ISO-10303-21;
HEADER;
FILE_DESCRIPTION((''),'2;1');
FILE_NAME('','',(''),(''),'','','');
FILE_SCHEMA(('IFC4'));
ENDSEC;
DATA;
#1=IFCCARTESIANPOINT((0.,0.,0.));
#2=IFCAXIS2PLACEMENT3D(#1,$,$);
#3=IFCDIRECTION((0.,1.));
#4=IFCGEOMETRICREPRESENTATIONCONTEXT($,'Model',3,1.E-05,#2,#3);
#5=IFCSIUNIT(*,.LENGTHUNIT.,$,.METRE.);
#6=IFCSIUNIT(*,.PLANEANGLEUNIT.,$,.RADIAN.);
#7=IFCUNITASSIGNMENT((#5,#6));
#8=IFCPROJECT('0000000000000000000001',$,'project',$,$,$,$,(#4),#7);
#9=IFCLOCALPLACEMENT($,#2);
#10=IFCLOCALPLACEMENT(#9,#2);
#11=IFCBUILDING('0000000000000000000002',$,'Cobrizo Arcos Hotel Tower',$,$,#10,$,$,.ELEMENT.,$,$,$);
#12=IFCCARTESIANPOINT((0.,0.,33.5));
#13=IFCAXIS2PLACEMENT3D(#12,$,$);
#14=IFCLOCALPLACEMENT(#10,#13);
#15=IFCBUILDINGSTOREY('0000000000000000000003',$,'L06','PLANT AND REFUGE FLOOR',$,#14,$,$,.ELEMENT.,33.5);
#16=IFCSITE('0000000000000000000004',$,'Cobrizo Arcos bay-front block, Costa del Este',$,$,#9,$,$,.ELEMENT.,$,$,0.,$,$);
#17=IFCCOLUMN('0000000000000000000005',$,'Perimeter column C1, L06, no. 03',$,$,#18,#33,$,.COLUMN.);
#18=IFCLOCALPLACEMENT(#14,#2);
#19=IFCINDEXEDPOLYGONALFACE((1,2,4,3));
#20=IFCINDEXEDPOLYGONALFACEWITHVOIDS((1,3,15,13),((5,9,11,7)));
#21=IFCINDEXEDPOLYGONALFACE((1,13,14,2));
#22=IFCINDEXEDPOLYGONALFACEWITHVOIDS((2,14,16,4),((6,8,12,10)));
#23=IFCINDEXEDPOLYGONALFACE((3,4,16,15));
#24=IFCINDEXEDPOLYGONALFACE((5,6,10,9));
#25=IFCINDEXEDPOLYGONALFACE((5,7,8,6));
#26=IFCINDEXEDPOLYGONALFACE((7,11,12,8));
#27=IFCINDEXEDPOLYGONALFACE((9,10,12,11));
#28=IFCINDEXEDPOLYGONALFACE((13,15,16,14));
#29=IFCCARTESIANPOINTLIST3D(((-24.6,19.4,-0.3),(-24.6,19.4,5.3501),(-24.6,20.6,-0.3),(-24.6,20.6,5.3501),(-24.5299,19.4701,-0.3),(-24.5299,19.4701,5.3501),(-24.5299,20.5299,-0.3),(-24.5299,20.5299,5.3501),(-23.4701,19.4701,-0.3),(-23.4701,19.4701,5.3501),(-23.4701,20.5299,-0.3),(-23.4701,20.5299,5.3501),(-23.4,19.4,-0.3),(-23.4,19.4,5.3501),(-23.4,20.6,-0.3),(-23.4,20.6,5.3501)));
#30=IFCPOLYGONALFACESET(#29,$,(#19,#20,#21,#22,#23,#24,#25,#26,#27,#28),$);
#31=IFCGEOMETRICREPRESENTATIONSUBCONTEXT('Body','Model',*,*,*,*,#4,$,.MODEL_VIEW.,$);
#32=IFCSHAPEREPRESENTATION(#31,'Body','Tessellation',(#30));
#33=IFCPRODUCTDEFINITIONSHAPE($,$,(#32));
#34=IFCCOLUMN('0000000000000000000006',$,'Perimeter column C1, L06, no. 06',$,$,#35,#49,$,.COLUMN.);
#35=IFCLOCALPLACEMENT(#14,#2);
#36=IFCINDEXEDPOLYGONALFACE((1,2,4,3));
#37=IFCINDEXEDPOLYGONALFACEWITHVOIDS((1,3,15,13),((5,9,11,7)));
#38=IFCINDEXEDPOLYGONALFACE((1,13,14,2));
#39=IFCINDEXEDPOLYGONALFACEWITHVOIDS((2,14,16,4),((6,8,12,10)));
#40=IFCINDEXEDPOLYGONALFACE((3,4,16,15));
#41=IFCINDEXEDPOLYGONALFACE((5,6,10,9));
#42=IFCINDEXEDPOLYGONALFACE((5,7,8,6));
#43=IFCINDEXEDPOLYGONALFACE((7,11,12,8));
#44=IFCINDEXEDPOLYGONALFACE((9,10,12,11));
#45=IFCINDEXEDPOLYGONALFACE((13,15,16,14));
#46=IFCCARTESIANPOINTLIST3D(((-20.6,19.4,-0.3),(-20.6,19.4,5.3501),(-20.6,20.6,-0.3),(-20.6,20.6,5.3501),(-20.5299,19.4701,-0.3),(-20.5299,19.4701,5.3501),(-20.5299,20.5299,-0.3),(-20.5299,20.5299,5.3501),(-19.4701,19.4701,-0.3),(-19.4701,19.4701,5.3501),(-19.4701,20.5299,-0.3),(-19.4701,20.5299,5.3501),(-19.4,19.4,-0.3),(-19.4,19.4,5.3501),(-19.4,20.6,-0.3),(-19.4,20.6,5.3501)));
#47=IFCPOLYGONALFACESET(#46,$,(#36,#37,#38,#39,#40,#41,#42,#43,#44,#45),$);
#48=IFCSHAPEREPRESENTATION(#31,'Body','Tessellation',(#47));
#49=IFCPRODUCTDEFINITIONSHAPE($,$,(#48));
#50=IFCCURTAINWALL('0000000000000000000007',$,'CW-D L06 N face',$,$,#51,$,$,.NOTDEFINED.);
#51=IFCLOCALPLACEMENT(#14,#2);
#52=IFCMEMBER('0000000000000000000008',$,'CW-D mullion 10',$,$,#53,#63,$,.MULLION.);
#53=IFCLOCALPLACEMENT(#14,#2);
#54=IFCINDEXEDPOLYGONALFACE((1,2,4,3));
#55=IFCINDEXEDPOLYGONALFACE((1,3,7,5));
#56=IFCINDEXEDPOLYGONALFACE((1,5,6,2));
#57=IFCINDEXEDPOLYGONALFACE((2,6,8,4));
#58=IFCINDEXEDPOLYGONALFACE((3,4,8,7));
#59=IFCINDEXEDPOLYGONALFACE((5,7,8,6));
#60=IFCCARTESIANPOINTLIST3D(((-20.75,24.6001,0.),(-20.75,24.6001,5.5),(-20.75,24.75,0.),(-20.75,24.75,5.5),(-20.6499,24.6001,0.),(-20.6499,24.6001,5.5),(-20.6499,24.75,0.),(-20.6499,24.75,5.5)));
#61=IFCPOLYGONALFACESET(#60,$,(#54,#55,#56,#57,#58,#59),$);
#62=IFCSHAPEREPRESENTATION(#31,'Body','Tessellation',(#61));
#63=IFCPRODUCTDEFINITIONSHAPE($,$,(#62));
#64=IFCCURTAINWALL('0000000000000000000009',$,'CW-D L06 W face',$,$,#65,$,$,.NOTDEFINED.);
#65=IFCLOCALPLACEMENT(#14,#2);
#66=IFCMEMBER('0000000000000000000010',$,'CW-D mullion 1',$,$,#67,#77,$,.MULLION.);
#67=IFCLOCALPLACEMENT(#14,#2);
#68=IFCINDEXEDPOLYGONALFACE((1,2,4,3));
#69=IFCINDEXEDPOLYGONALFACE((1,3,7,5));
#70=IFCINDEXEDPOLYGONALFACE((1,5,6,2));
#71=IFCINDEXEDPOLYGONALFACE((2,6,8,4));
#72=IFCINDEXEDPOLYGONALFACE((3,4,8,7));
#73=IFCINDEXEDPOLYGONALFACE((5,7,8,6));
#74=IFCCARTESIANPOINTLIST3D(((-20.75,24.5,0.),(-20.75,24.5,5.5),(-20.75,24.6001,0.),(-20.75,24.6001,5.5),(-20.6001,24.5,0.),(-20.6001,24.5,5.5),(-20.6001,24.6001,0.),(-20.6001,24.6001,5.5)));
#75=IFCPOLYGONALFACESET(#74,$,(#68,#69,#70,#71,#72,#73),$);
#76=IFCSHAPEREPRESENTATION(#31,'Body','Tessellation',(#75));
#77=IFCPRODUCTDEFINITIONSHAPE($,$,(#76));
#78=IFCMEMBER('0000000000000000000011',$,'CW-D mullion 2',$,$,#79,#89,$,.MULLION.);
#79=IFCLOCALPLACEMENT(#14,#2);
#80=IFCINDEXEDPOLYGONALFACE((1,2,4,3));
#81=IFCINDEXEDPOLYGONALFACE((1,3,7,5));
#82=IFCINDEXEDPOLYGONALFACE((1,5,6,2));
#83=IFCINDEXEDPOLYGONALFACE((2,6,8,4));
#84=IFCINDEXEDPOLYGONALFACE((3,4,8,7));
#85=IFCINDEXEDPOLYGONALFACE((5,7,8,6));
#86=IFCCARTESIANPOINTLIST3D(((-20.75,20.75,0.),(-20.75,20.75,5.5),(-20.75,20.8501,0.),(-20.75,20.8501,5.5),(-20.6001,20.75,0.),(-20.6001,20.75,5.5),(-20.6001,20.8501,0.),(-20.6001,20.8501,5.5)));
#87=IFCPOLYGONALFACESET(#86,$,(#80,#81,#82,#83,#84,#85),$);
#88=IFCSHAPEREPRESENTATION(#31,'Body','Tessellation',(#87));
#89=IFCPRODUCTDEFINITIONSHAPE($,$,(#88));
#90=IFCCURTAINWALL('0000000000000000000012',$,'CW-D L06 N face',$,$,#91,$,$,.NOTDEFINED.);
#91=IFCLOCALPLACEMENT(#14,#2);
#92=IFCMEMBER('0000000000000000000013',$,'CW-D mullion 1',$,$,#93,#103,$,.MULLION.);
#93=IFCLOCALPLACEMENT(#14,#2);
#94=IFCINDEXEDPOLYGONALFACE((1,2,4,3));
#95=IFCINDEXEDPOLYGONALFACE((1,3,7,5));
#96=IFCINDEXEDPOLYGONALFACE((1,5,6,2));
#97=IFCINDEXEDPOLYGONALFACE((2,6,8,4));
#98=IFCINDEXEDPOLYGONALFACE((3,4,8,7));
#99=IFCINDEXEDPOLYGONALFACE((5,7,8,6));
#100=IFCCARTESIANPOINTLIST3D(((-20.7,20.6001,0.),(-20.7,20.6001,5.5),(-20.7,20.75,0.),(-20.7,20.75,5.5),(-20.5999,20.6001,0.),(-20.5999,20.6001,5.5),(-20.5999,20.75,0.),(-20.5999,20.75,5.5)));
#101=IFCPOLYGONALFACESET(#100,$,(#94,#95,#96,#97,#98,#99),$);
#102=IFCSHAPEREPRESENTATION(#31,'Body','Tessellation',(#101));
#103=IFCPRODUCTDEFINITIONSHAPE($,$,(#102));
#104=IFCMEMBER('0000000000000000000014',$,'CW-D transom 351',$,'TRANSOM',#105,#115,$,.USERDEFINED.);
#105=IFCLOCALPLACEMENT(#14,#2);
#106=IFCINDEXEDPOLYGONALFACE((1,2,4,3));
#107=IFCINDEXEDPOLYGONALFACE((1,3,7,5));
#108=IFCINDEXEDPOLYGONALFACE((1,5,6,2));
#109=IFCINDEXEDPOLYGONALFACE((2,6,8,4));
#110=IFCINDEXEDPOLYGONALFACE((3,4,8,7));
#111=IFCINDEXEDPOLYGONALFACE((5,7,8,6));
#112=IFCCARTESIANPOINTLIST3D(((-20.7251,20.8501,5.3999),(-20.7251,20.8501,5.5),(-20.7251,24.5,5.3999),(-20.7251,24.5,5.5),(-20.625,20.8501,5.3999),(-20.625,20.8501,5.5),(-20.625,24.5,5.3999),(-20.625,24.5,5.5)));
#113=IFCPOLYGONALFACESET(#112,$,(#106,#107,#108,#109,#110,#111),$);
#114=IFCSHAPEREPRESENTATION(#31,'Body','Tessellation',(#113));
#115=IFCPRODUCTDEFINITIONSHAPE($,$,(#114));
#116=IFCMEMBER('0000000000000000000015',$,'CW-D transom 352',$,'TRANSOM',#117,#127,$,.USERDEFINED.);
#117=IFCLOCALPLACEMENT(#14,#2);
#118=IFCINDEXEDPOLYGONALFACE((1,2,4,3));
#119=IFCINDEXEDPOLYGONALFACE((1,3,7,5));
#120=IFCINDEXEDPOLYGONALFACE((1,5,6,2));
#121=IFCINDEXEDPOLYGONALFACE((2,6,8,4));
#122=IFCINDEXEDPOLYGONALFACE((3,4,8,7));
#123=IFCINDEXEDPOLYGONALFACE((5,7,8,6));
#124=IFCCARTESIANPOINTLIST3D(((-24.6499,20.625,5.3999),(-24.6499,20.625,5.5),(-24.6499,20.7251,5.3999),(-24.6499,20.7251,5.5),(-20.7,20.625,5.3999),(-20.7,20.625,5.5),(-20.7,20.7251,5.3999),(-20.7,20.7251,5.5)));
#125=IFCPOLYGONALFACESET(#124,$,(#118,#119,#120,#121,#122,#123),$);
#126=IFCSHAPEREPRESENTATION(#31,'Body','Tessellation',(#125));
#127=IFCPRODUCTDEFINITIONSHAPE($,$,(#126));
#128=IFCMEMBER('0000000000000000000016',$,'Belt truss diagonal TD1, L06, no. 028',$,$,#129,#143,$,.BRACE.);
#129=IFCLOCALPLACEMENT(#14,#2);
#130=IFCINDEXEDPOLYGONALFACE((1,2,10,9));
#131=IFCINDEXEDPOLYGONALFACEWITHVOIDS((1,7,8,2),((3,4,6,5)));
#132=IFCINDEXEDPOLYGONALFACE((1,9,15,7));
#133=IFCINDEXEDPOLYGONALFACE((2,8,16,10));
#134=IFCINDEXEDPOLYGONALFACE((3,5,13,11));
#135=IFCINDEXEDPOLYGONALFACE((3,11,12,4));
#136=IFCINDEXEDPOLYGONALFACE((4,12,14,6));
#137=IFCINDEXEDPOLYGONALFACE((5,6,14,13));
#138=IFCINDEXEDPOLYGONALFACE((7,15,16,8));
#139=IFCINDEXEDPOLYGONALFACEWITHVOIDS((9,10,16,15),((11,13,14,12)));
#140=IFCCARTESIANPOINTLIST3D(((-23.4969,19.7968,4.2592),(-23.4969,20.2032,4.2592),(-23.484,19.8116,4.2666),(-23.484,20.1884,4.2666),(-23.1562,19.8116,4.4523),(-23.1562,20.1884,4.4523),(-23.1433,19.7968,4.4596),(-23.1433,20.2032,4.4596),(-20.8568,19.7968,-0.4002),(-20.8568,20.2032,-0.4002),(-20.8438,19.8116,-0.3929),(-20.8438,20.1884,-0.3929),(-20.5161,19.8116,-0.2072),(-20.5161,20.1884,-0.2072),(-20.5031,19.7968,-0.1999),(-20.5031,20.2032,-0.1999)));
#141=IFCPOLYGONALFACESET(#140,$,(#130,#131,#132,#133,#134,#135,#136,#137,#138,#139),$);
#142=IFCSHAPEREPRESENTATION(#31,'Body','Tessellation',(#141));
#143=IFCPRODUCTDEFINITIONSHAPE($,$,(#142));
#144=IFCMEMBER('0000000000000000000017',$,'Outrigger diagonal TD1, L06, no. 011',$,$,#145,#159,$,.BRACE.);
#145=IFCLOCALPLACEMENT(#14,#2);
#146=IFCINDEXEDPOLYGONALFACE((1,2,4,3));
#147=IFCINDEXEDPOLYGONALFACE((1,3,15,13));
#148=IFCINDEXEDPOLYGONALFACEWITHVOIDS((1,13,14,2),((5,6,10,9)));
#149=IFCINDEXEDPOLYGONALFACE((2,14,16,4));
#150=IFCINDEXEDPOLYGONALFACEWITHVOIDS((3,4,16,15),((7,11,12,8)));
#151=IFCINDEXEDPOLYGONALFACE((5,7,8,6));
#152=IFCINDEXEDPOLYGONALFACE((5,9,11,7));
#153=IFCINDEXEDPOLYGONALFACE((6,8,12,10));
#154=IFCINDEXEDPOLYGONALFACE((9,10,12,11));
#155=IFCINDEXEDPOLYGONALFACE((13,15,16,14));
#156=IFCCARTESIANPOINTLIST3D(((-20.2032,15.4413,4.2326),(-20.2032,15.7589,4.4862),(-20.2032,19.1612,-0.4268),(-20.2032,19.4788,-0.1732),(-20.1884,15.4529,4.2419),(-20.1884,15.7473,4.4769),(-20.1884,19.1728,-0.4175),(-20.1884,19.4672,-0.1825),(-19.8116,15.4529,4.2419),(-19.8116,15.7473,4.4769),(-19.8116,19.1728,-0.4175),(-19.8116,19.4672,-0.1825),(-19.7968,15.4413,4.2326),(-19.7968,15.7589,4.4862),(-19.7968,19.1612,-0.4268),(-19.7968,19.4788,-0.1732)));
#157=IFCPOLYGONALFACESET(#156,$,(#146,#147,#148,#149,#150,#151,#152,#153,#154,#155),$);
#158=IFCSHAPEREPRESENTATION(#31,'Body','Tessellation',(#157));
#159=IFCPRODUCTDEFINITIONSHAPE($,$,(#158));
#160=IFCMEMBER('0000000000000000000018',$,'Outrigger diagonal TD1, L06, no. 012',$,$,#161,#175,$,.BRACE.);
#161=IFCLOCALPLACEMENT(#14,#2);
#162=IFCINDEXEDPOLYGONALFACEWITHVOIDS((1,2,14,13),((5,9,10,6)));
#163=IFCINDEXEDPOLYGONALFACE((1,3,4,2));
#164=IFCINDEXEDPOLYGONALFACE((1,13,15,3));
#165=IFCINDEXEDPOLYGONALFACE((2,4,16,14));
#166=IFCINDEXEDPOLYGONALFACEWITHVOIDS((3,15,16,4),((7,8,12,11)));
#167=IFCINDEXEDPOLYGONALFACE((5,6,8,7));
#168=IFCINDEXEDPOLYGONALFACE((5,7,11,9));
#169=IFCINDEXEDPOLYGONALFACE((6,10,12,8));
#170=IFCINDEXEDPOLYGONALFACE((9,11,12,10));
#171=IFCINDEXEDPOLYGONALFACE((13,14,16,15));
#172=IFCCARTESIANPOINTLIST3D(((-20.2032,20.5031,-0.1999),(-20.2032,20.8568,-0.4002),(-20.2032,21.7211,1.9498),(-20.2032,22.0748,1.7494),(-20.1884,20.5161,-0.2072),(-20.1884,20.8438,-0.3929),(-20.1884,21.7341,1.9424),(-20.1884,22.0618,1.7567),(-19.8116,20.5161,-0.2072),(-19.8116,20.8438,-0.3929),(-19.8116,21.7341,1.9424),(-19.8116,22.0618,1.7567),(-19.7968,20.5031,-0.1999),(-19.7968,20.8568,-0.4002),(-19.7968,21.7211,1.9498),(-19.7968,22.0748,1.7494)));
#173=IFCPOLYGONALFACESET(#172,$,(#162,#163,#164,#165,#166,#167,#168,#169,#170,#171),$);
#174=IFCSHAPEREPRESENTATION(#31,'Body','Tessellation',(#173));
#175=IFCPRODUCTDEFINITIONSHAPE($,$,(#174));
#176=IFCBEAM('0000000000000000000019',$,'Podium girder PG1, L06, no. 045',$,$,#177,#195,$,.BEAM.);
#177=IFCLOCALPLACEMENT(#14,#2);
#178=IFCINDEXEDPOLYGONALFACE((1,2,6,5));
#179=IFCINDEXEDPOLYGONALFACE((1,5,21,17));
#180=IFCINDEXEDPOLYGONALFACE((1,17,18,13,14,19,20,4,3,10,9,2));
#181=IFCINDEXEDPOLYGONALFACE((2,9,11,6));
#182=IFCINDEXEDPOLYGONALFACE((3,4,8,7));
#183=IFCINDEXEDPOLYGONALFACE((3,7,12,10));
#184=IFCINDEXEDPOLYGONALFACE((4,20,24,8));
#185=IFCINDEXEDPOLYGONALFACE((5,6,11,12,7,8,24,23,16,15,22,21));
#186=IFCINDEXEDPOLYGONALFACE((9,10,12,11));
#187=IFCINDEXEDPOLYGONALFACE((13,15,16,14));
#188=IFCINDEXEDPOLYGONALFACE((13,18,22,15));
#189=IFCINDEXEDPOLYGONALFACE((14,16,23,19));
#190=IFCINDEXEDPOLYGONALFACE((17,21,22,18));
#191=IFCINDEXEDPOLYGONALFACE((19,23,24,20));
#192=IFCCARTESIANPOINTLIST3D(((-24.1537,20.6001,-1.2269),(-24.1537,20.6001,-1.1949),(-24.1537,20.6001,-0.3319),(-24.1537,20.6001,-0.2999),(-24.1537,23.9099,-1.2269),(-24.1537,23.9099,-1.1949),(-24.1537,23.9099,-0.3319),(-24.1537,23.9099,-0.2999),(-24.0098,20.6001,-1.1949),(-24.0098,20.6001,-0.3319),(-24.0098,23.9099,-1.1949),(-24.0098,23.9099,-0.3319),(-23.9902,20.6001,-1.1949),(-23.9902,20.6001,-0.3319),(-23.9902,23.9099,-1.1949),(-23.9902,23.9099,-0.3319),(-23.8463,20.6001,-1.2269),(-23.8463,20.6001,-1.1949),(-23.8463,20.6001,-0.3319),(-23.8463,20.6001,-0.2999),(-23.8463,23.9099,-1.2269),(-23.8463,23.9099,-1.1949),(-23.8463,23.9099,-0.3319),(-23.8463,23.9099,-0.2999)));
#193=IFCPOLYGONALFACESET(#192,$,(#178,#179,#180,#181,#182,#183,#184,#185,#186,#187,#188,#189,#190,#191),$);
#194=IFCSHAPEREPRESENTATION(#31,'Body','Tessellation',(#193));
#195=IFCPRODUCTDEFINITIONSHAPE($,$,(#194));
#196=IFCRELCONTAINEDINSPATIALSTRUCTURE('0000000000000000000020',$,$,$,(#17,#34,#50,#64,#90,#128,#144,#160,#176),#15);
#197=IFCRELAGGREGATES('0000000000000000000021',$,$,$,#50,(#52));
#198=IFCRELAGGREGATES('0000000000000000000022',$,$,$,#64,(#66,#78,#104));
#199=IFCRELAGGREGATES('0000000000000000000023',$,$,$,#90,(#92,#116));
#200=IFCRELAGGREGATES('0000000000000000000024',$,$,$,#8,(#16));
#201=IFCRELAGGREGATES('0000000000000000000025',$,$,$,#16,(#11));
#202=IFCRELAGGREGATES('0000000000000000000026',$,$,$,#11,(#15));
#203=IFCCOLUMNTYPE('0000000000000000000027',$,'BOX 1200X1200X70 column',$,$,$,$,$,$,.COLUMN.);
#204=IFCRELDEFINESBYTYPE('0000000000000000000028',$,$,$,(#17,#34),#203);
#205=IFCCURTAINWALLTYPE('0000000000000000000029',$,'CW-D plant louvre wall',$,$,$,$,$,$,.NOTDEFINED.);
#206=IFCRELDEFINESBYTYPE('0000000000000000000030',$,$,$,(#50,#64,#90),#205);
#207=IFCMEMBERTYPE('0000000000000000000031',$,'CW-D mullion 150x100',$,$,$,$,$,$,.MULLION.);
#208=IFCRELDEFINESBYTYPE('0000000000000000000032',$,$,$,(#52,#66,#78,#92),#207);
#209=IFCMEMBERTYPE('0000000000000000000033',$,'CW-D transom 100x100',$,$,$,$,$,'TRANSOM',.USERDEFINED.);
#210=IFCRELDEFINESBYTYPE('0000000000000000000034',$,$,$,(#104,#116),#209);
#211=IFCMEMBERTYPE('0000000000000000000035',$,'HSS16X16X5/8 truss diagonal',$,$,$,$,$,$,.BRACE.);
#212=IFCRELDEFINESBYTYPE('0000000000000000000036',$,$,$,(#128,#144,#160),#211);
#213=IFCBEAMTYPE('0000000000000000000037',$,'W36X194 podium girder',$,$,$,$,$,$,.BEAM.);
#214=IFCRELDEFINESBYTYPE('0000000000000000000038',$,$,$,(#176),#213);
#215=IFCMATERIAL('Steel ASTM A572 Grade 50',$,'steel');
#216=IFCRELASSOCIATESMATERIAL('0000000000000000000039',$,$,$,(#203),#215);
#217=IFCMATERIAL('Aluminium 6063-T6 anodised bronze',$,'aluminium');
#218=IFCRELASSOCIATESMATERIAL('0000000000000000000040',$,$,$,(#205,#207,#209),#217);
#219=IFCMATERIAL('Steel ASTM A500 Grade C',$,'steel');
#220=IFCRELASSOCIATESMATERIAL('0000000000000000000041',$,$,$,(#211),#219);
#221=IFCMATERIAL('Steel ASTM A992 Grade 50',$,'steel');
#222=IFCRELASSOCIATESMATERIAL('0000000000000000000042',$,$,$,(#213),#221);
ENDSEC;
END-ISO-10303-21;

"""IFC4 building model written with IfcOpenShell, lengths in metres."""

from ifc_helpers import new_model, si_unit, direction, frame, origin, origin_2d, place, context, subcontext, project, spatial, rectangle, hollow_rectangle, i_section, extrude, material, material_profile, profile_set, type_object, element, aggregate, save


model = new_model("IFC4")

# Units and contexts
model_context = context("Model", 3, precision=1e-05, world=origin(), true_north=direction((0.0, 1.0)))
body_context = subcontext(model_context, "Body", "Model", "MODEL_VIEW")
ifc_project = project(units=[si_unit("LENGTHUNIT", "METRE"), si_unit("PLANEANGLEUNIT", "RADIAN")], contexts=[model_context])

# Site, building, storey
site_placement = place(None, origin())
site = spatial("IfcSite", under=ifc_project, at=site_placement, Name="Cobrizo Arcos bay-front block, Costa del Este", CompositionType="ELEMENT", RefElevation=0.0)
building_placement = place(site_placement, origin())
building = spatial("IfcBuilding", under=site, at=building_placement, Name="Cobrizo Arcos Hotel Tower", CompositionType="ELEMENT")
storey_placement = place(building_placement, frame((0.0, 0.0, 33.5)))
storey = spatial("IfcBuildingStorey", under=building, at=storey_placement, Name="L06", Description="PLANT AND REFUGE FLOOR", CompositionType="ELEMENT", Elevation=33.5)

# Columns
ifc_material_1 = material(Name="Steel ASTM A572 Grade 50", Category="steel")
ifc_material_profile_1 = material_profile(ifc_material_1, hollow_rectangle(XDim=1.2, YDim=1.2, WallThickness=0.0701, at=origin_2d()), Name="BOX 1200X1200X70")
ifc_profile_set_1 = profile_set([ifc_material_profile_1], Name="Steel ASTM A572 Grade 50")
column_type = type_object("IfcColumnType", Name="BOX 1200X1200X70 column", PredefinedType="COLUMN", material=ifc_profile_set_1)
for number, where, z_axis, x_axis, name in (
    (1, (-24.0, 20.0, -0.3), (0.0, 0.0, 1.0), (1.0, 0.0, 0.0), "Perimeter column C1, L06, no. 03"),
    (2, (-20.0, 20.0, -0.3), (0.0, 0.0, 1.0), (1.0, 0.0, 0.0), "Perimeter column C1, L06, no. 06"),
):
    element("IfcColumn", number, at=place(storey_placement, frame(where, z_axis=z_axis, x_axis=x_axis)), inside=storey, type_object=column_type, Name=name, PredefinedType="COLUMN", context=body_context, shape_type="SweptSolid", body=[
        extrude(hollow_rectangle(XDim=1.2, YDim=1.2, WallThickness=0.0701, at=origin_2d()), origin(), (0.0, 0.0, 1.0), 5.6501),
    ])

# Curtain wall, member
ifc_material_2 = material(Name="Aluminium 6063-T6 anodised bronze", Category="aluminium")
curtain_wall_type = type_object("IfcCurtainWallType", Name="CW-D plant louvre wall", PredefinedType="NOTDEFINED", material=ifc_material_2)
curtain_wall_1_placement = place(storey_placement, origin())
curtain_wall_1 = element("IfcCurtainWall", 3, at=curtain_wall_1_placement, inside=storey, type_object=curtain_wall_type, Name="CW-D L06 N face", PredefinedType="NOTDEFINED")
ifc_material_profile_2 = material_profile(ifc_material_2, rectangle(XDim=0.1499, YDim=0.1001, at=origin_2d()), Name="CW-D mullion 150x100")
ifc_profile_set_2 = profile_set([ifc_material_profile_2], Name="Aluminium 6063-T6 anodised bronze")
member_type_1 = type_object("IfcMemberType", Name="CW-D mullion 150x100", PredefinedType="MULLION", material=ifc_profile_set_2)
member_1_placement = place(storey_placement, frame((-20.7, 24.675, 0.0), z_axis=(0.0, 0.0, 1.0), x_axis=(0.0, 1.0, 0.0)))
member_1 = element("IfcMember", 4, at=member_1_placement, type_object=member_type_1, Name="CW-D mullion 10", PredefinedType="MULLION", context=body_context, shape_type="SweptSolid", body=[
    extrude(rectangle(XDim=0.1499, YDim=0.1001, at=origin_2d()), origin(), (0.0, 0.0, 1.0), 5.5),
])
aggregate(curtain_wall_1, [member_1])

# Curtain wall, members
curtain_wall_2_placement = place(storey_placement, origin())
curtain_wall_2 = element("IfcCurtainWall", 5, at=curtain_wall_2_placement, inside=storey, type_object=curtain_wall_type, Name="CW-D L06 W face", PredefinedType="NOTDEFINED")
member_2_placement = place(storey_placement, frame((-20.675, 24.55, 0.0), z_axis=(0.0, 0.0, 1.0), x_axis=(-1.0, 0.0, 0.0)))
member_2 = element("IfcMember", 6, at=member_2_placement, type_object=member_type_1, Name="CW-D mullion 1", PredefinedType="MULLION", context=body_context, shape_type="SweptSolid", body=[
    extrude(rectangle(XDim=0.1499, YDim=0.1001, at=origin_2d()), origin(), (0.0, 0.0, 1.0), 5.5),
])
member_3_placement = place(storey_placement, frame((-20.675, 20.8, 0.0), z_axis=(0.0, 0.0, 1.0), x_axis=(-1.0, 0.0, 0.0)))
member_3 = element("IfcMember", 7, at=member_3_placement, type_object=member_type_1, Name="CW-D mullion 2", PredefinedType="MULLION", context=body_context, shape_type="SweptSolid", body=[
    extrude(rectangle(XDim=0.1499, YDim=0.1001, at=origin_2d()), origin(), (0.0, 0.0, 1.0), 5.5),
])

# Curtain wall, member
curtain_wall_3_placement = place(storey_placement, origin())
curtain_wall_3 = element("IfcCurtainWall", 8, at=curtain_wall_3_placement, inside=storey, type_object=curtain_wall_type, Name="CW-D L06 N face", PredefinedType="NOTDEFINED")
member_4_placement = place(storey_placement, frame((-20.6499, 20.675, 0.0), z_axis=(0.0, 0.0, 1.0), x_axis=(0.0, 1.0, 0.0)))
member_4 = element("IfcMember", 9, at=member_4_placement, type_object=member_type_1, Name="CW-D mullion 1", PredefinedType="MULLION", context=body_context, shape_type="SweptSolid", body=[
    extrude(rectangle(XDim=0.1499, YDim=0.1001, at=origin_2d()), origin(), (0.0, 0.0, 1.0), 5.5),
])

# Members
ifc_material_profile_3 = material_profile(ifc_material_2, rectangle(XDim=0.1001, YDim=0.1001, at=origin_2d()), Name="CW-D transom 100x100")
ifc_profile_set_3 = profile_set([ifc_material_profile_3], Name="Aluminium 6063-T6 anodised bronze")
member_type_2 = type_object("IfcMemberType", Name="CW-D transom 100x100", ElementType="TRANSOM", PredefinedType="USERDEFINED", material=ifc_profile_set_3)
member_5_placement = place(storey_placement, frame((-20.675, 24.5, 5.45), z_axis=(0.0, -1.0, 0.0), x_axis=(1.0, 0.0, 0.0)))
member_5 = element("IfcMember", 10, at=member_5_placement, type_object=member_type_2, Name="CW-D transom 351", ObjectType="TRANSOM", PredefinedType="USERDEFINED", context=body_context, shape_type="SweptSolid", body=[
    extrude(rectangle(XDim=0.1001, YDim=0.1001, at=origin_2d()), origin(), (0.0, 0.0, 1.0), 3.6499),
])
member_6_placement = place(storey_placement, frame((-20.7, 20.675, 5.45), z_axis=(-1.0, 0.0, 0.0), x_axis=(0.0, -1.0, 0.0)))
member_6 = element("IfcMember", 11, at=member_6_placement, type_object=member_type_2, Name="CW-D transom 352", ObjectType="TRANSOM", PredefinedType="USERDEFINED", context=body_context, shape_type="SweptSolid", body=[
    extrude(rectangle(XDim=0.1001, YDim=0.1001, at=origin_2d()), origin(), (0.0, 0.0, 1.0), 3.95),
])

# Members
ifc_material_3 = material(Name="Steel ASTM A500 Grade C", Category="steel")
ifc_material_profile_4 = material_profile(ifc_material_3, hollow_rectangle(XDim=0.4065, YDim=0.4065, WallThickness=0.0149, at=origin_2d()), Name="HSS16X16X5/8")
ifc_profile_set_4 = profile_set([ifc_material_profile_4], Name="Steel ASTM A500 Grade C")
member_type_3 = type_object("IfcMemberType", Name="HSS16X16X5/8 truss diagonal", PredefinedType="BRACE", material=ifc_profile_set_4)
member_7_placement = place(storey_placement, frame((-20.6799, 20.0, -0.3), z_axis=(-0.492984, 0.0, 0.870038), x_axis=(0.0, -1.0, 0.0)))
element("IfcMember", 12, at=member_7_placement, inside=storey, type_object=member_type_3, Name="Belt truss diagonal TD1, L06, no. 028", PredefinedType="BRACE", context=body_context, shape_type="SweptSolid", body=[
    extrude(hollow_rectangle(XDim=0.4065, YDim=0.4065, WallThickness=0.0149, at=origin_2d()), origin(), (0.0, 0.0, 1.0), 5.3555),
])
member_8_placement = place(storey_placement, frame((-20.0, 15.6001, 4.3594), z_axis=(0.0, 0.623921, -0.781488), x_axis=(-1.0, 0.0, 0.0)))
element("IfcMember", 13, at=member_8_placement, inside=storey, type_object=member_type_3, Name="Outrigger diagonal TD1, L06, no. 011", PredefinedType="BRACE", context=body_context, shape_type="SweptSolid", body=[
    extrude(hollow_rectangle(XDim=0.4065, YDim=0.4065, WallThickness=0.0149, at=origin_2d()), origin(), (0.0, 0.0, 1.0), 5.9622),
])
member_9_placement = place(storey_placement, frame((-20.0, 20.6799, -0.3), z_axis=(0.0, 0.492975, 0.870043), x_axis=(-1.0, 0.0, 0.0)))
element("IfcMember", 14, at=member_9_placement, inside=storey, type_object=member_type_3, Name="Outrigger diagonal TD1, L06, no. 012", PredefinedType="BRACE", context=body_context, shape_type="SweptSolid", body=[
    extrude(hollow_rectangle(XDim=0.4065, YDim=0.4065, WallThickness=0.0149, at=origin_2d()), origin(), (0.0, 0.0, 1.0), 2.4707),
])

# Beam
ifc_material_4 = material(Name="Steel ASTM A992 Grade 50", Category="steel")
ifc_material_profile_5 = material_profile(ifc_material_4, i_section(OverallWidth=0.3074, OverallDepth=0.927, WebThickness=0.0195, FlangeThickness=0.032, at=origin_2d()), Name="W36X194")
ifc_profile_set_5 = profile_set([ifc_material_profile_5], Name="Steel ASTM A992 Grade 50")
beam_type = type_object("IfcBeamType", Name="W36X194 podium girder", PredefinedType="BEAM", material=ifc_profile_set_5)
beam_placement = place(storey_placement, frame((-24.0, 20.6001, -0.7634), z_axis=(0.0, 1.0, 0.0), x_axis=(-1.0, 0.0, 0.0)))
element("IfcBeam", 15, at=beam_placement, inside=storey, type_object=beam_type, Name="Podium girder PG1, L06, no. 045", PredefinedType="BEAM", context=body_context, shape_type="SweptSolid", body=[
    extrude(i_section(OverallWidth=0.3074, OverallDepth=0.927, WebThickness=0.0195, FlangeThickness=0.032, at=origin_2d()), origin(), (0.0, 0.0, 1.0), 3.3098),
])

aggregate(curtain_wall_2, [member_2, member_3, member_5])
aggregate(curtain_wall_3, [member_4, member_6])

save(model, "model.ifc")
